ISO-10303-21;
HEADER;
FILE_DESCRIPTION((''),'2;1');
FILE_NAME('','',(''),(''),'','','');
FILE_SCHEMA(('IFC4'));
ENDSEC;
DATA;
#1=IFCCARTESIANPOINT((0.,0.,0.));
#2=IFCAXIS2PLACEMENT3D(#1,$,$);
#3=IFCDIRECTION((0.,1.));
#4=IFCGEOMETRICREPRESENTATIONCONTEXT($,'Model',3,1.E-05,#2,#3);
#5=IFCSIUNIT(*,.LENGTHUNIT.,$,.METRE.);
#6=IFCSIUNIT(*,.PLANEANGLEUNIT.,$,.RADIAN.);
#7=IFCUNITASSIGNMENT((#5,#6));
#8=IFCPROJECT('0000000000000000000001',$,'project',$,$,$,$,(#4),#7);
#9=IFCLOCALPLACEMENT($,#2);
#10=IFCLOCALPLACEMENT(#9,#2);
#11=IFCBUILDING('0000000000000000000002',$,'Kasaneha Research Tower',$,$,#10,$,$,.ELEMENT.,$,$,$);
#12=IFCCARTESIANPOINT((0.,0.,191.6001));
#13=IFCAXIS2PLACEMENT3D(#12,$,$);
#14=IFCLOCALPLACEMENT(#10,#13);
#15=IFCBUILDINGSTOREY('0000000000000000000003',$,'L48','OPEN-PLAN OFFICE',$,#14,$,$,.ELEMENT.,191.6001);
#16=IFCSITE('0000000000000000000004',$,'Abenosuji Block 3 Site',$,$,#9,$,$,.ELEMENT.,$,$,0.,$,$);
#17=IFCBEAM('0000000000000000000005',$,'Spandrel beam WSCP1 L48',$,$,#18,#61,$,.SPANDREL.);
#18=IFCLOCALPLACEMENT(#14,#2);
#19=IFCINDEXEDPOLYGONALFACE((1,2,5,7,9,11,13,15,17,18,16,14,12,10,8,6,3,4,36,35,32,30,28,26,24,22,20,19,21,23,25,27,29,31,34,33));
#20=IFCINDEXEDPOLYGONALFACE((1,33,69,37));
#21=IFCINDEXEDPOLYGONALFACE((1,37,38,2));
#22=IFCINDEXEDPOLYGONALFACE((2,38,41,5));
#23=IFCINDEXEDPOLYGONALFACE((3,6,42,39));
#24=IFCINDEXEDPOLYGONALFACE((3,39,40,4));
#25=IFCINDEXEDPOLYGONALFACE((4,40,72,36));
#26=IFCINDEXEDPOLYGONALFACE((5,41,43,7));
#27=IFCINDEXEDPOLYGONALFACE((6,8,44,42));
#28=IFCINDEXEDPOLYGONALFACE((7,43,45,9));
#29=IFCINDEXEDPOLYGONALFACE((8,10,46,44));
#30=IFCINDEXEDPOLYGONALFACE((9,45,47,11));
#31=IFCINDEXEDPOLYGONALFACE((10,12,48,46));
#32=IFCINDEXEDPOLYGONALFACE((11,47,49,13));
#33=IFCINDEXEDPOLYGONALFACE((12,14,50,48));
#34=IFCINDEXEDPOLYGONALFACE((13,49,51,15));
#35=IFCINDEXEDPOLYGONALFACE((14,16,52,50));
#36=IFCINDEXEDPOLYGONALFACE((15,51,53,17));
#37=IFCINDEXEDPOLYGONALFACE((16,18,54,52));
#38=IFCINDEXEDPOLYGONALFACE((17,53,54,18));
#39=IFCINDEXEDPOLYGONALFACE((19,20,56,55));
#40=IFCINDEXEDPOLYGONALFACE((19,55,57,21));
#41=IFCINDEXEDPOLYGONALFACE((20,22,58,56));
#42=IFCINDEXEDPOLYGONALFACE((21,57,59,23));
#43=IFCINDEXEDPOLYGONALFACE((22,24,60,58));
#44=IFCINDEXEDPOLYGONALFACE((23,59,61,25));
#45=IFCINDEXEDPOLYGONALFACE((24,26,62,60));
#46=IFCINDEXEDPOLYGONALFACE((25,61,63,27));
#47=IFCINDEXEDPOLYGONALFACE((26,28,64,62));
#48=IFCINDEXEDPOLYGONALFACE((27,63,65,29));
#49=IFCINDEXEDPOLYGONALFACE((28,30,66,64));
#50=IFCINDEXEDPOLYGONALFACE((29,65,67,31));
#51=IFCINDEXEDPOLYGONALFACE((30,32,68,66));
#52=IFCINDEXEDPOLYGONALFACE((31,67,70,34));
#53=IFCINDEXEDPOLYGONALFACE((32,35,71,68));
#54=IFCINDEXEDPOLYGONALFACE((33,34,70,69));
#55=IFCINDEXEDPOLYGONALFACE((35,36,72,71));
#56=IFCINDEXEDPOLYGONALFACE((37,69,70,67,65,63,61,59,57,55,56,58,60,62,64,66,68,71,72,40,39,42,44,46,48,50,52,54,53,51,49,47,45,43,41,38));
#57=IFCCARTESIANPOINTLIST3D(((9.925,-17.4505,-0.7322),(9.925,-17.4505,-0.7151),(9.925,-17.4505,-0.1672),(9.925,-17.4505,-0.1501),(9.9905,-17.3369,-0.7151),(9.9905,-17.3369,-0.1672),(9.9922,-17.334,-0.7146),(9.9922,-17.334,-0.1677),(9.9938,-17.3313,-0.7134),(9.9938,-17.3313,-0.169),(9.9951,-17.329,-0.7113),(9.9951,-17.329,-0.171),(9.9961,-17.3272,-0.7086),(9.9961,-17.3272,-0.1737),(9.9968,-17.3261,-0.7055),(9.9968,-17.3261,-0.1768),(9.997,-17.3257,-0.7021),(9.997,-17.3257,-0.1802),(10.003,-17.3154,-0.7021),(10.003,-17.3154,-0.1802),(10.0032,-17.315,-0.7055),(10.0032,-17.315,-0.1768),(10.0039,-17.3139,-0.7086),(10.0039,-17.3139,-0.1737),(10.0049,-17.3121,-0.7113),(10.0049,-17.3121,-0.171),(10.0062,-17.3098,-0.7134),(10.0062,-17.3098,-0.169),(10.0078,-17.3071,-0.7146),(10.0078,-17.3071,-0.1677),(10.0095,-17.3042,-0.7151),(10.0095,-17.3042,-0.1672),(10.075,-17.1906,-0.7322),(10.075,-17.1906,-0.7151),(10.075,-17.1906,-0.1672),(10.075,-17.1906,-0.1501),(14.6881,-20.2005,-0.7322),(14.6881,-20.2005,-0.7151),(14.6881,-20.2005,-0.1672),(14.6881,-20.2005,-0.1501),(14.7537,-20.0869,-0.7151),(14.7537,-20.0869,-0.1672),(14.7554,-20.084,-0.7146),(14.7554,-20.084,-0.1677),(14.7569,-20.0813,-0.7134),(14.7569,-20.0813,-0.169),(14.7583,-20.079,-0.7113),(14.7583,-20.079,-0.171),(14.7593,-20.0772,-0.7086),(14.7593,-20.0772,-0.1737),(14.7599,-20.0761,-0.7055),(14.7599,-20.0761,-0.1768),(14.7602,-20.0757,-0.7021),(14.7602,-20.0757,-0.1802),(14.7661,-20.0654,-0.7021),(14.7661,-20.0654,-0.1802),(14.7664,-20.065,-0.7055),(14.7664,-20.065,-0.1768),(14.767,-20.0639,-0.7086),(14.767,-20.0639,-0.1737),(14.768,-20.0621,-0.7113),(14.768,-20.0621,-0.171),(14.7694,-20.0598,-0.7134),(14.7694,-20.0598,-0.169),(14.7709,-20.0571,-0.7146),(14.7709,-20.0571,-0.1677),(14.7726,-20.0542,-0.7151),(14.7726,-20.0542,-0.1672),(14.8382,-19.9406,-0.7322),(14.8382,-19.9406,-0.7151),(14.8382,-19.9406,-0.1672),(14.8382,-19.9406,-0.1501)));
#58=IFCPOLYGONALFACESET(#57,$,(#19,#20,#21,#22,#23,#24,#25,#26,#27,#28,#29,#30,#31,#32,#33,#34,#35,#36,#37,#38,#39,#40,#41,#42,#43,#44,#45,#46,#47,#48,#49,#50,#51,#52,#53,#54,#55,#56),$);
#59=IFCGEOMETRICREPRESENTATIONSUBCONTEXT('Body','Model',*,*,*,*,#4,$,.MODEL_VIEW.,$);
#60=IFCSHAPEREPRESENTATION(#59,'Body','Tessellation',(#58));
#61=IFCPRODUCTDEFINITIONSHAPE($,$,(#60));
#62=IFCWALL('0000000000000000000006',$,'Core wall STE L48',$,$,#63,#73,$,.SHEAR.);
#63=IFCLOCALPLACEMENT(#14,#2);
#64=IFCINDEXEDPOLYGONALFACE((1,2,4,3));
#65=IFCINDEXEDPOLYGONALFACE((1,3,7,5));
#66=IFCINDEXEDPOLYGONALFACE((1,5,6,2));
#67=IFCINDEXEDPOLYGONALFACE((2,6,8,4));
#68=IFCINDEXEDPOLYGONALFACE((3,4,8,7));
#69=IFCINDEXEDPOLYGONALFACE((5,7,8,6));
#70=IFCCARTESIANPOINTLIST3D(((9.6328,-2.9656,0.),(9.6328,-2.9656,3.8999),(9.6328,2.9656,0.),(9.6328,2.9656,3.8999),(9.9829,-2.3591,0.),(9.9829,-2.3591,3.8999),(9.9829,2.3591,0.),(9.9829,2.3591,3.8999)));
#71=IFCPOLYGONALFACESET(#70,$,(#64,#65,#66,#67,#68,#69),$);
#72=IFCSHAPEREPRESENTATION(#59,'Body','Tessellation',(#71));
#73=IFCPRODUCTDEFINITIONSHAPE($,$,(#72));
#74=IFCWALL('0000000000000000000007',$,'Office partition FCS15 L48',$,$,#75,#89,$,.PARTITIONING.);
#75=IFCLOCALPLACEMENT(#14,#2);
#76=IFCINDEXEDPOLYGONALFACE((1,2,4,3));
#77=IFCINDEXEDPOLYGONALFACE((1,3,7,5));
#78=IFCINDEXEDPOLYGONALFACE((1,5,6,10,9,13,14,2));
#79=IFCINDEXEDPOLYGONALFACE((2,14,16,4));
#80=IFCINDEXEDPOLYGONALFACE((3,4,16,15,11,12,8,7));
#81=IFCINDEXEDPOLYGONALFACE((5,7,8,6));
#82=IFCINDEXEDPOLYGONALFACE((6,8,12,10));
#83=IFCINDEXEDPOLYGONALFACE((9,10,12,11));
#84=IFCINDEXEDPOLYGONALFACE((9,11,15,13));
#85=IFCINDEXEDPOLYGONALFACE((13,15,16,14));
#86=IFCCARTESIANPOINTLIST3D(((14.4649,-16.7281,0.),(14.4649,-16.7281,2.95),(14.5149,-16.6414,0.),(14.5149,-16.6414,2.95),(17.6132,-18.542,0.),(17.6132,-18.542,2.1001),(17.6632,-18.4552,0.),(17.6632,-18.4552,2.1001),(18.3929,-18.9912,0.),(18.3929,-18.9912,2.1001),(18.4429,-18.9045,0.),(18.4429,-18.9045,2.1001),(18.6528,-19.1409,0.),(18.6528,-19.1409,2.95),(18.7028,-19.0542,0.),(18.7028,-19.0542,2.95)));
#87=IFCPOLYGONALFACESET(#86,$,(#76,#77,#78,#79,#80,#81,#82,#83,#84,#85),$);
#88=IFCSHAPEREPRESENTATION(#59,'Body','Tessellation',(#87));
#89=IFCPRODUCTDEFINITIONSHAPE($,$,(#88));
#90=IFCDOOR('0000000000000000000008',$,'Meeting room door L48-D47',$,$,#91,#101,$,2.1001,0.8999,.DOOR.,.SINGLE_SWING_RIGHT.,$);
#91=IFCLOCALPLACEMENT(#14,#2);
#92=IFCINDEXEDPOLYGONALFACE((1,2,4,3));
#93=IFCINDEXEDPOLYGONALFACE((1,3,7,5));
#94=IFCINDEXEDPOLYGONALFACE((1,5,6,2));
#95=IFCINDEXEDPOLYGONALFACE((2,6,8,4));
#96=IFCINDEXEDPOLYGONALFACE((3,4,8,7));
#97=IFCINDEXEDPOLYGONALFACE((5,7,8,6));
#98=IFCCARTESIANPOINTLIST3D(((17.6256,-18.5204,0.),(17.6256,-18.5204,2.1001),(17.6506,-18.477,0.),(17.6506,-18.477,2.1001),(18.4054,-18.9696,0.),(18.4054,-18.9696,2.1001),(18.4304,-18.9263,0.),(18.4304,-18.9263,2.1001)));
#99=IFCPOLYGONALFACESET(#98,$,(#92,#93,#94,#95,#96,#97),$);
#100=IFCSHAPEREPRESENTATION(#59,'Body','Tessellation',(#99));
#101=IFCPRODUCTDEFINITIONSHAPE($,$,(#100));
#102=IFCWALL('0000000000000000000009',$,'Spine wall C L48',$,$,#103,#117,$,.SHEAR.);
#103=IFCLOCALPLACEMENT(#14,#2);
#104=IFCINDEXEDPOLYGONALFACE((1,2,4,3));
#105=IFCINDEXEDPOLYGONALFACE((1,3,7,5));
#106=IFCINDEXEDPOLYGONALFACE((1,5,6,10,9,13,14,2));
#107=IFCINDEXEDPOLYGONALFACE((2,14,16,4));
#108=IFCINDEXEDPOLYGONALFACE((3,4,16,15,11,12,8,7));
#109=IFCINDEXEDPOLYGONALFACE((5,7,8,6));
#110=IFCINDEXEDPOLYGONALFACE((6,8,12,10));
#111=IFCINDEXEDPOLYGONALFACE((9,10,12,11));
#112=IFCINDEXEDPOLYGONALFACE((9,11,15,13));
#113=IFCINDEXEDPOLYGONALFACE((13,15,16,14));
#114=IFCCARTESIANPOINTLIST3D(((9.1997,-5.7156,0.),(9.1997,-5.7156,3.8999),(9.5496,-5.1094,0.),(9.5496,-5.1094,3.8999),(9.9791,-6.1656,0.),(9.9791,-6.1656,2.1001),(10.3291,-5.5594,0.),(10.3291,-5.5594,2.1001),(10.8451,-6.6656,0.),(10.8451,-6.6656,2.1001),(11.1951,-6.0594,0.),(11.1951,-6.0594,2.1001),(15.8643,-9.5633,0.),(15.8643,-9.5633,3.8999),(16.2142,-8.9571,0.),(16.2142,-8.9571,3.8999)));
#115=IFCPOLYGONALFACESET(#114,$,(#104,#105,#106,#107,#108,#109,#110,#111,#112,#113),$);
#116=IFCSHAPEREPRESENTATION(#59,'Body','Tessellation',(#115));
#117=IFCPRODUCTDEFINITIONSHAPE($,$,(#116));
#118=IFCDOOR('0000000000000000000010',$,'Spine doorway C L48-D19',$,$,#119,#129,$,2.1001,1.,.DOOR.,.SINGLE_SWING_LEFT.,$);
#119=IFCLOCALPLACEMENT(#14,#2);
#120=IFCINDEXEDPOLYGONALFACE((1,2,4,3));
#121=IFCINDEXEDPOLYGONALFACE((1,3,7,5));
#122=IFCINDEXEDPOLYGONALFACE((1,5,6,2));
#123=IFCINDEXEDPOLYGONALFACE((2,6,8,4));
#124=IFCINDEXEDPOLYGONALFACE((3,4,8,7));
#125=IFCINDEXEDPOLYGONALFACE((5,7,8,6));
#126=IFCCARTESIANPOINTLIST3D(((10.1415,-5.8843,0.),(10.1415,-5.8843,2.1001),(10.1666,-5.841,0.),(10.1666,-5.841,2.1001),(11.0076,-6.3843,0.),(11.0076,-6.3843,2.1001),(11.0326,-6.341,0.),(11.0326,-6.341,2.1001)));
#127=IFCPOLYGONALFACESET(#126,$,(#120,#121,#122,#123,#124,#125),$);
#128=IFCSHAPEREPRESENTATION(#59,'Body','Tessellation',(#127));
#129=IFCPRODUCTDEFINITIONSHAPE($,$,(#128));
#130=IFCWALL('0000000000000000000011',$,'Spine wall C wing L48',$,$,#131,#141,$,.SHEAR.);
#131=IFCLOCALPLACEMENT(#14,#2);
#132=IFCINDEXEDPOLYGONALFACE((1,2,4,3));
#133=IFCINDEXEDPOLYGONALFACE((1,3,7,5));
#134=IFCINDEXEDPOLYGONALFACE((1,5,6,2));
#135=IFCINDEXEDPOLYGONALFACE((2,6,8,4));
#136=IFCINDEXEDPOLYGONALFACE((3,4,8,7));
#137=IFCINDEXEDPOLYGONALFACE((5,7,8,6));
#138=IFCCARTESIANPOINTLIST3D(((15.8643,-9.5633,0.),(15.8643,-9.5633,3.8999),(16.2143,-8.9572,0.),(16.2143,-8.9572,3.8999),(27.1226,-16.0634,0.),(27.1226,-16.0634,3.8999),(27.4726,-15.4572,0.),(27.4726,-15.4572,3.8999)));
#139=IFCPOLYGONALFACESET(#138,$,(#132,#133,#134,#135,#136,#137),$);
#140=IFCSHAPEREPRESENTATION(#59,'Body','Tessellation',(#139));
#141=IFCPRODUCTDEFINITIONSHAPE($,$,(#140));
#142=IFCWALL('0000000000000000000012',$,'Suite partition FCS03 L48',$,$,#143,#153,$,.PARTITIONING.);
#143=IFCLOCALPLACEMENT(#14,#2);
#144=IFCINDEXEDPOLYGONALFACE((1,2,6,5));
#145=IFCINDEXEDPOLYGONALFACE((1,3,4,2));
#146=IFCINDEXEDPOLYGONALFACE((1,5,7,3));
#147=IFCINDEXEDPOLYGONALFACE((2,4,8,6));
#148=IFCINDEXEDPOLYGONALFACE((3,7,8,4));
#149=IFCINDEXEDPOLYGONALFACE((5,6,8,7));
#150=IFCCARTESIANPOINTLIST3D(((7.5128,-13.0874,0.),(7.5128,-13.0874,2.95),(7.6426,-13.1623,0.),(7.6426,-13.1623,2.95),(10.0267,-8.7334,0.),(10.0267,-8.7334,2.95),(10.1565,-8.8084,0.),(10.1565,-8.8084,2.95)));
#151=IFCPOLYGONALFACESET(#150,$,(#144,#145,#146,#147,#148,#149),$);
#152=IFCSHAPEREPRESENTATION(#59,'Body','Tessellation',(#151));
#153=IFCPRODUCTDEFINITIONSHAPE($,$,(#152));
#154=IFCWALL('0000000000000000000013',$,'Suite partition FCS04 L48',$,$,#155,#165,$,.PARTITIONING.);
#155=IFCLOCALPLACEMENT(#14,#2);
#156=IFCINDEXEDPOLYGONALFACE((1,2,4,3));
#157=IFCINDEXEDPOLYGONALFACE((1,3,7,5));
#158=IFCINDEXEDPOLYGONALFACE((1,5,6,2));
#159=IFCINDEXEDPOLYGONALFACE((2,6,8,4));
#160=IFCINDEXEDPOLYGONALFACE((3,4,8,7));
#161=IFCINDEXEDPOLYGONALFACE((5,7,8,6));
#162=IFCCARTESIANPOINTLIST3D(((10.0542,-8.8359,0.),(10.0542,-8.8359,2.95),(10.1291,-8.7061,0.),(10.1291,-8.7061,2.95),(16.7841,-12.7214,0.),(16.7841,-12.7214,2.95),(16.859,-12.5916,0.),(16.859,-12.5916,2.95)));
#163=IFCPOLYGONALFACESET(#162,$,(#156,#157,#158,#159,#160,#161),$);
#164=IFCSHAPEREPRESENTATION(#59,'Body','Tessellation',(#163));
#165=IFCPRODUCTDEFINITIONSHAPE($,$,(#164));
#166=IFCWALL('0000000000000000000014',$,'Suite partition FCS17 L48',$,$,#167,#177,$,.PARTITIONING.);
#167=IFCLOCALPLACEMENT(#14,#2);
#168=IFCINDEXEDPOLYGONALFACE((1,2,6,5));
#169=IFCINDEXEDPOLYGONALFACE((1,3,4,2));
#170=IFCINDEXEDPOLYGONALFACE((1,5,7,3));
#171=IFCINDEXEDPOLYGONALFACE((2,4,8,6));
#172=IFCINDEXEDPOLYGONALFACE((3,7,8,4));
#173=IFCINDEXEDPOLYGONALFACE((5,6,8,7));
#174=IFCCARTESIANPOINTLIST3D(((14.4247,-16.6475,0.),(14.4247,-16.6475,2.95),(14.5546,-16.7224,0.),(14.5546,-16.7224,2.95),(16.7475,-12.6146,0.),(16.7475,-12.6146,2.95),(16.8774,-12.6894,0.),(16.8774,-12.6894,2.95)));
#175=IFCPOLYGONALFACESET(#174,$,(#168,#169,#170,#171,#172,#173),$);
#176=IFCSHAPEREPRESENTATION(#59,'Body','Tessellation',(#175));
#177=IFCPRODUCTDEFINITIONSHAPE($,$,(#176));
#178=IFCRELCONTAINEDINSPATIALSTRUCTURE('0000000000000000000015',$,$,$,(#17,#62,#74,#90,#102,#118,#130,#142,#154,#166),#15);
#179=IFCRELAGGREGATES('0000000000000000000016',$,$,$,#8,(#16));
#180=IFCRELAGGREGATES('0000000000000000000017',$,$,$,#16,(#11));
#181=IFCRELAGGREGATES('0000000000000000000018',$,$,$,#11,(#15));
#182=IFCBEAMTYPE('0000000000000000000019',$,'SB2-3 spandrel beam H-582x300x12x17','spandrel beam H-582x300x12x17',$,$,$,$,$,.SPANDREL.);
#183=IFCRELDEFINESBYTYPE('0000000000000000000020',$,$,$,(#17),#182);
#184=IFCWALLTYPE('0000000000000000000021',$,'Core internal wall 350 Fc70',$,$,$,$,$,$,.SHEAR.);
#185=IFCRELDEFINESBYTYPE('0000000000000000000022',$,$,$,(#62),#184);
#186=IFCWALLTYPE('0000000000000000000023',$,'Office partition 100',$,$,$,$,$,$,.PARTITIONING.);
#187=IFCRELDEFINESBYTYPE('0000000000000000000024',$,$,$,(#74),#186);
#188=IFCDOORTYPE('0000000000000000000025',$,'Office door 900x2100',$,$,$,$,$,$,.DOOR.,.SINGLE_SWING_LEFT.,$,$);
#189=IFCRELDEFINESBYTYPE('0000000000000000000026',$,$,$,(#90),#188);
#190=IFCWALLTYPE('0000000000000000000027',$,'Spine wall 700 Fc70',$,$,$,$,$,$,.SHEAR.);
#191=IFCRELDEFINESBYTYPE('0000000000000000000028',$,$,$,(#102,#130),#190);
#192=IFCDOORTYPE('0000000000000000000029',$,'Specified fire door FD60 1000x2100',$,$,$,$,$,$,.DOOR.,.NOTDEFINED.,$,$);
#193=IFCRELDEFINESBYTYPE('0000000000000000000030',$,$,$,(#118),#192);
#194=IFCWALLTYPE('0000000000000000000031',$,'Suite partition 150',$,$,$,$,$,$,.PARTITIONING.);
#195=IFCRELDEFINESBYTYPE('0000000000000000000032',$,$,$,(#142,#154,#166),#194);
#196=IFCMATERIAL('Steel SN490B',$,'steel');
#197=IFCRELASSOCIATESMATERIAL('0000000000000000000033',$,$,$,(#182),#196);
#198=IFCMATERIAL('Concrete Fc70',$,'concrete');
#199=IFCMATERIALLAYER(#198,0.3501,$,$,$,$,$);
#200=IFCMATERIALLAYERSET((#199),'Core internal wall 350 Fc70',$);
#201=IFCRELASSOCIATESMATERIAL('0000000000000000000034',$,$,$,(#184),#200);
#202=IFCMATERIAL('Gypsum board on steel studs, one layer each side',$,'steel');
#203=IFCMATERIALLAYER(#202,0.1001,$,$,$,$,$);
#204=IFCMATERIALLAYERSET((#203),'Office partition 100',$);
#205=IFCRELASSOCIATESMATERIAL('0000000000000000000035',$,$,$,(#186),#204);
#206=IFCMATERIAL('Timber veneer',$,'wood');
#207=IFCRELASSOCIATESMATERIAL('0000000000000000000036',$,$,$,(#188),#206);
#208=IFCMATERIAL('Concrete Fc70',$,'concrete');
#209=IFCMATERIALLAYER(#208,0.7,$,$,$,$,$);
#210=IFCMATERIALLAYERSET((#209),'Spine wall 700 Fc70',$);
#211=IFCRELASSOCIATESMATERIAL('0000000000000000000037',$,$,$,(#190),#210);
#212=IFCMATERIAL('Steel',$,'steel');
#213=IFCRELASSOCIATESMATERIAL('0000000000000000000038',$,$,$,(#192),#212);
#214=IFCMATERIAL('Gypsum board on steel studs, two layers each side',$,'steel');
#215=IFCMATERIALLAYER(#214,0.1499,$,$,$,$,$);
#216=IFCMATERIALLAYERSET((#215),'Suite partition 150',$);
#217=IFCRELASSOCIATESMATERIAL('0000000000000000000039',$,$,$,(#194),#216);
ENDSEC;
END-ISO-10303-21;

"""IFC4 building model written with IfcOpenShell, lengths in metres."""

from ifc_helpers import new_model, si_unit, direction, frame, frame_2d, origin, origin_2d, place, context, subcontext, project, spatial, polyline, rectangle, i_section, outline, extrude, material, layer, layer_set, material_profile, profile_set, type_object, element, fill, save


model = new_model("IFC4")

# Units and contexts
model_context = context("Model", 3, precision=1e-05, world=origin(), true_north=direction((0.0, 1.0)))
body_context = subcontext(model_context, "Body", "Model", "MODEL_VIEW")
ifc_project = project(units=[si_unit("LENGTHUNIT", "METRE"), si_unit("PLANEANGLEUNIT", "RADIAN")], contexts=[model_context])

# Site, building, storey
site_placement = place(None, origin())
site = spatial("IfcSite", under=ifc_project, at=site_placement, Name="Abenosuji Block 3 Site", CompositionType="ELEMENT", RefElevation=0.0)
building_placement = place(site_placement, origin())
building = spatial("IfcBuilding", under=site, at=building_placement, Name="Kasaneha Research Tower", CompositionType="ELEMENT")
storey_placement = place(building_placement, frame((0.0, 0.0, 191.6001)))
storey = spatial("IfcBuildingStorey", under=building, at=storey_placement, Name="L48", Description="OPEN-PLAN OFFICE", CompositionType="ELEMENT", Elevation=191.6001)

# Beam
ifc_material_1 = material(Name="Steel SN490B", Category="steel")
ifc_material_profile_1 = material_profile(ifc_material_1, i_section(OverallWidth=0.3, OverallDepth=0.582, WebThickness=0.012, FlangeThickness=0.0171, FilletRadius=0.0129, at=origin_2d()), Name="H-582x300x12x17")
ifc_profile_set_1 = profile_set([ifc_material_profile_1], Name="Steel SN490B")
beam_type_1 = type_object("IfcBeamType", Name="SB2-3 spandrel beam H-582x300x12x17", Description="spandrel beam H-582x300x12x17", PredefinedType="SPANDREL", material=ifc_profile_set_1)
beam_1_placement = place(storey_placement, frame((10.0, -17.3206, -0.4412), z_axis=(0.866027, -0.499997, 0.0), x_axis=(0.499997, 0.866027, 0.0)))
element("IfcBeam", 1, at=beam_1_placement, inside=storey, type_object=beam_type_1, Name="Spandrel beam WSCP1 L48", PredefinedType="SPANDREL", context=body_context, shape_type="SweptSolid", body=[
    extrude(i_section(OverallWidth=0.3, OverallDepth=0.582, WebThickness=0.012, FlangeThickness=0.0171, FilletRadius=0.0129, at=origin_2d()), origin(), (0.0, 0.0, 1.0), 5.5),
])

# Wall
ifc_material_2 = material(Name="Concrete Fc70", Category="concrete")
ifc_layer_1 = layer(ifc_material_2, 0.3501)
ifc_layer_set_1 = layer_set([ifc_layer_1], Name="Core internal wall 350 Fc70")
wall_type_1 = type_object("IfcWallType", Name="Core internal wall 350 Fc70", PredefinedType="SHEAR", material=ifc_layer_set_1)
wall_1_placement = place(storey_placement, frame((9.8079, -2.6624, 0.0), z_axis=(0.0, 0.0, 1.0), x_axis=(0.0, 1.0, 0.0)))
element("IfcWall", 2, at=wall_1_placement, inside=storey, type_object=wall_type_1, Name="Core wall STE L48", PredefinedType="SHEAR", context=body_context, shape_type="SweptSolid", body=[
    extrude(outline(polyline([(0.3032, -0.175), (5.0215, -0.175), (5.6279, 0.175), (-0.3032, 0.175), (0.3032, -0.175)])), origin(), (0.0, 0.0, 1.0), 3.8999),
])

# Walls, openings, doors
ifc_material_3 = material(Name="Gypsum board on steel studs, one layer each side", Category="steel")
ifc_layer_2 = layer(ifc_material_3, 0.1001)
ifc_layer_set_2 = layer_set([ifc_layer_2], Name="Office partition 100")
wall_type_2 = type_object("IfcWallType", Name="Office partition 100", PredefinedType="PARTITIONING", material=ifc_layer_set_2)
wall_2_placement = place(storey_placement, frame((14.49, -16.6848, 0.0), z_axis=(0.0, 0.0, 1.0), x_axis=(0.866481, -0.499209, 0.0)))
wall_2 = element("IfcWall", 3, at=wall_2_placement, inside=storey, type_object=wall_type_2, Name="Office partition FCS15 L48", PredefinedType="PARTITIONING", context=body_context, shape_type="SweptSolid", body=[
    extrude(rectangle(XDim=4.8333, YDim=0.1001, at=frame_2d((2.4165, 0.0))), origin(), (0.0, 0.0, 1.0), 2.95),
])
opening_1_placement = place(wall_2_placement, frame((3.6333, 0.0, 0.0)))
opening_1 = element("IfcOpeningElement", 4, at=opening_1_placement, cuts=wall_2, PredefinedType="OPENING", context=body_context, shape_type="SweptSolid", body=[
    extrude(rectangle(XDim=0.8999, YDim=2.1001, at=frame_2d((0.45, 1.05))), frame((0.0, 0.0601, 0.0), z_axis=(0.0, -1.0, 0.0), x_axis=(1.0, 0.0, 0.0)), (0.0, 0.0, 1.0), 0.1201),
])
ifc_material_4 = material(Name="Timber veneer", Category="wood")
door_type_1 = type_object("IfcDoorType", Name="Office door 900x2100", OperationType="SINGLE_SWING_LEFT", PredefinedType="DOOR", material=ifc_material_4)
door_1_placement = place(opening_1_placement, origin())
door_1 = element("IfcDoor", 5, at=door_1_placement, inside=storey, type_object=door_type_1, Name="Meeting room door L48-D47", OperationType="SINGLE_SWING_RIGHT", OverallHeight=2.1001, OverallWidth=0.8999, PredefinedType="DOOR", context=body_context, shape_type="SweptSolid", body=[
    extrude(rectangle(XDim=0.8999, YDim=2.1001, at=frame_2d((0.45, 1.05))), frame((0.0, 0.0249, 0.0), z_axis=(0.0, -1.0, 0.0), x_axis=(1.0, 0.0, 0.0)), (0.0, 0.0, 1.0), 0.05),
])
fill(opening_1, door_1)
ifc_material_5 = material(Name="Concrete Fc70", Category="concrete")
ifc_layer_3 = layer(ifc_material_5, 0.7)
ifc_layer_set_3 = layer_set([ifc_layer_3], Name="Spine wall 700 Fc70")
wall_type_3 = type_object("IfcWallType", Name="Spine wall 700 Fc70", PredefinedType="SHEAR", material=ifc_layer_set_3)
wall_3_placement = place(storey_placement, frame((9.3748, -5.4126, 0.0), z_axis=(0.0, 0.0, 1.0), x_axis=(0.866032, -0.499988, 0.0)))
wall_3 = element("IfcWall", 6, at=wall_3_placement, inside=storey, type_object=wall_type_3, Name="Spine wall C L48", PredefinedType="SHEAR", context=body_context, shape_type="SweptSolid", body=[
    extrude(rectangle(XDim=7.6956, YDim=0.7, at=frame_2d((3.8477, 0.0))), origin(), (0.0, 0.0, 1.0), 3.8999),
])
opening_2_placement = place(wall_3_placement, frame((0.8999, 0.0, 0.0)))
opening_2 = element("IfcOpeningElement", 7, at=opening_2_placement, cuts=wall_3, PredefinedType="OPENING", context=body_context, shape_type="SweptSolid", body=[
    extrude(rectangle(XDim=1.0, YDim=2.1001, at=frame_2d((0.5, 1.05))), frame((0.0, 0.3599, 0.0), z_axis=(0.0, -1.0, 0.0), x_axis=(1.0, 0.0, 0.0)), (0.0, 0.0, 1.0), 0.72),
])
ifc_material_6 = material(Name="Steel", Category="steel")
door_type_2 = type_object("IfcDoorType", Name="Specified fire door FD60 1000x2100", OperationType="NOTDEFINED", PredefinedType="DOOR", material=ifc_material_6)
door_2_placement = place(opening_2_placement, origin())
door_2 = element("IfcDoor", 8, at=door_2_placement, inside=storey, type_object=door_type_2, Name="Spine doorway C L48-D19", OperationType="SINGLE_SWING_LEFT", OverallHeight=2.1001, OverallWidth=1.0, PredefinedType="DOOR", context=body_context, shape_type="SweptSolid", body=[
    extrude(rectangle(XDim=1.0, YDim=2.1001, at=frame_2d((0.5, 1.05))), frame((0.0, 0.0249, 0.0), z_axis=(0.0, -1.0, 0.0), x_axis=(1.0, 0.0, 0.0)), (0.0, 0.0, 1.0), 0.05),
])
fill(opening_2, door_2)

# Walls
wall_4_placement = place(storey_placement, frame((16.0393, -9.2603, 0.0), z_axis=(0.0, 0.0, 1.0), x_axis=(0.866025, -0.500001, 0.0)))
element("IfcWall", 9, at=wall_4_placement, inside=storey, type_object=wall_type_3, Name="Spine wall C wing L48", PredefinedType="SHEAR", context=body_context, shape_type="SweptSolid", body=[
    extrude(rectangle(XDim=13.0, YDim=0.7, at=frame_2d((6.5, 0.0))), origin(), (0.0, 0.0, 1.0), 3.8999),
])
ifc_material_7 = material(Name="Gypsum board on steel studs, two layers each side", Category="steel")
ifc_layer_4 = layer(ifc_material_7, 0.1499)
ifc_layer_set_4 = layer_set([ifc_layer_4], Name="Suite partition 150")
wall_type_4 = type_object("IfcWallType", Name="Suite partition 150", PredefinedType="PARTITIONING", material=ifc_layer_set_4)
wall_5_placement = place(storey_placement, frame((10.0916, -8.771, 0.0), z_axis=(0.0, 0.0, 1.0), x_axis=(-0.500019, -0.866014, 0.0)))
element("IfcWall", 10, at=wall_5_placement, inside=storey, type_object=wall_type_4, Name="Suite partition FCS03 L48", PredefinedType="PARTITIONING", context=body_context, shape_type="SweptSolid", body=[
    extrude(rectangle(XDim=5.0276, YDim=0.1499, at=frame_2d((2.5137, 0.0))), origin(), (0.0, 0.0, 1.0), 2.95),
])
wall_6_placement = place(storey_placement, frame((16.8215, -12.6565, 0.0), z_axis=(0.0, 0.0, 1.0), x_axis=(-0.866029, 0.499994, 0.0)))
element("IfcWall", 11, at=wall_6_placement, inside=storey, type_object=wall_type_4, Name="Suite partition FCS04 L48", PredefinedType="PARTITIONING", context=body_context, shape_type="SweptSolid", body=[
    extrude(rectangle(XDim=7.771, YDim=0.1499, at=frame_2d((3.8855, 0.0))), origin(), (0.0, 0.0, 1.0), 2.95),
])
wall_7_placement = place(storey_placement, frame((16.8125, -12.6519, 0.0), z_axis=(0.0, 0.0, 1.0), x_axis=(-0.499085, -0.866553, 0.0)))
element("IfcWall", 12, at=wall_7_placement, inside=storey, type_object=wall_type_4, Name="Suite partition FCS17 L48", PredefinedType="PARTITIONING", context=body_context, shape_type="SweptSolid", body=[
    extrude(rectangle(XDim=4.6541, YDim=0.1499, at=frame_2d((2.3271, 0.0))), origin(), (0.0, 0.0, 1.0), 2.95),
])

save(model, "model.ifc")
